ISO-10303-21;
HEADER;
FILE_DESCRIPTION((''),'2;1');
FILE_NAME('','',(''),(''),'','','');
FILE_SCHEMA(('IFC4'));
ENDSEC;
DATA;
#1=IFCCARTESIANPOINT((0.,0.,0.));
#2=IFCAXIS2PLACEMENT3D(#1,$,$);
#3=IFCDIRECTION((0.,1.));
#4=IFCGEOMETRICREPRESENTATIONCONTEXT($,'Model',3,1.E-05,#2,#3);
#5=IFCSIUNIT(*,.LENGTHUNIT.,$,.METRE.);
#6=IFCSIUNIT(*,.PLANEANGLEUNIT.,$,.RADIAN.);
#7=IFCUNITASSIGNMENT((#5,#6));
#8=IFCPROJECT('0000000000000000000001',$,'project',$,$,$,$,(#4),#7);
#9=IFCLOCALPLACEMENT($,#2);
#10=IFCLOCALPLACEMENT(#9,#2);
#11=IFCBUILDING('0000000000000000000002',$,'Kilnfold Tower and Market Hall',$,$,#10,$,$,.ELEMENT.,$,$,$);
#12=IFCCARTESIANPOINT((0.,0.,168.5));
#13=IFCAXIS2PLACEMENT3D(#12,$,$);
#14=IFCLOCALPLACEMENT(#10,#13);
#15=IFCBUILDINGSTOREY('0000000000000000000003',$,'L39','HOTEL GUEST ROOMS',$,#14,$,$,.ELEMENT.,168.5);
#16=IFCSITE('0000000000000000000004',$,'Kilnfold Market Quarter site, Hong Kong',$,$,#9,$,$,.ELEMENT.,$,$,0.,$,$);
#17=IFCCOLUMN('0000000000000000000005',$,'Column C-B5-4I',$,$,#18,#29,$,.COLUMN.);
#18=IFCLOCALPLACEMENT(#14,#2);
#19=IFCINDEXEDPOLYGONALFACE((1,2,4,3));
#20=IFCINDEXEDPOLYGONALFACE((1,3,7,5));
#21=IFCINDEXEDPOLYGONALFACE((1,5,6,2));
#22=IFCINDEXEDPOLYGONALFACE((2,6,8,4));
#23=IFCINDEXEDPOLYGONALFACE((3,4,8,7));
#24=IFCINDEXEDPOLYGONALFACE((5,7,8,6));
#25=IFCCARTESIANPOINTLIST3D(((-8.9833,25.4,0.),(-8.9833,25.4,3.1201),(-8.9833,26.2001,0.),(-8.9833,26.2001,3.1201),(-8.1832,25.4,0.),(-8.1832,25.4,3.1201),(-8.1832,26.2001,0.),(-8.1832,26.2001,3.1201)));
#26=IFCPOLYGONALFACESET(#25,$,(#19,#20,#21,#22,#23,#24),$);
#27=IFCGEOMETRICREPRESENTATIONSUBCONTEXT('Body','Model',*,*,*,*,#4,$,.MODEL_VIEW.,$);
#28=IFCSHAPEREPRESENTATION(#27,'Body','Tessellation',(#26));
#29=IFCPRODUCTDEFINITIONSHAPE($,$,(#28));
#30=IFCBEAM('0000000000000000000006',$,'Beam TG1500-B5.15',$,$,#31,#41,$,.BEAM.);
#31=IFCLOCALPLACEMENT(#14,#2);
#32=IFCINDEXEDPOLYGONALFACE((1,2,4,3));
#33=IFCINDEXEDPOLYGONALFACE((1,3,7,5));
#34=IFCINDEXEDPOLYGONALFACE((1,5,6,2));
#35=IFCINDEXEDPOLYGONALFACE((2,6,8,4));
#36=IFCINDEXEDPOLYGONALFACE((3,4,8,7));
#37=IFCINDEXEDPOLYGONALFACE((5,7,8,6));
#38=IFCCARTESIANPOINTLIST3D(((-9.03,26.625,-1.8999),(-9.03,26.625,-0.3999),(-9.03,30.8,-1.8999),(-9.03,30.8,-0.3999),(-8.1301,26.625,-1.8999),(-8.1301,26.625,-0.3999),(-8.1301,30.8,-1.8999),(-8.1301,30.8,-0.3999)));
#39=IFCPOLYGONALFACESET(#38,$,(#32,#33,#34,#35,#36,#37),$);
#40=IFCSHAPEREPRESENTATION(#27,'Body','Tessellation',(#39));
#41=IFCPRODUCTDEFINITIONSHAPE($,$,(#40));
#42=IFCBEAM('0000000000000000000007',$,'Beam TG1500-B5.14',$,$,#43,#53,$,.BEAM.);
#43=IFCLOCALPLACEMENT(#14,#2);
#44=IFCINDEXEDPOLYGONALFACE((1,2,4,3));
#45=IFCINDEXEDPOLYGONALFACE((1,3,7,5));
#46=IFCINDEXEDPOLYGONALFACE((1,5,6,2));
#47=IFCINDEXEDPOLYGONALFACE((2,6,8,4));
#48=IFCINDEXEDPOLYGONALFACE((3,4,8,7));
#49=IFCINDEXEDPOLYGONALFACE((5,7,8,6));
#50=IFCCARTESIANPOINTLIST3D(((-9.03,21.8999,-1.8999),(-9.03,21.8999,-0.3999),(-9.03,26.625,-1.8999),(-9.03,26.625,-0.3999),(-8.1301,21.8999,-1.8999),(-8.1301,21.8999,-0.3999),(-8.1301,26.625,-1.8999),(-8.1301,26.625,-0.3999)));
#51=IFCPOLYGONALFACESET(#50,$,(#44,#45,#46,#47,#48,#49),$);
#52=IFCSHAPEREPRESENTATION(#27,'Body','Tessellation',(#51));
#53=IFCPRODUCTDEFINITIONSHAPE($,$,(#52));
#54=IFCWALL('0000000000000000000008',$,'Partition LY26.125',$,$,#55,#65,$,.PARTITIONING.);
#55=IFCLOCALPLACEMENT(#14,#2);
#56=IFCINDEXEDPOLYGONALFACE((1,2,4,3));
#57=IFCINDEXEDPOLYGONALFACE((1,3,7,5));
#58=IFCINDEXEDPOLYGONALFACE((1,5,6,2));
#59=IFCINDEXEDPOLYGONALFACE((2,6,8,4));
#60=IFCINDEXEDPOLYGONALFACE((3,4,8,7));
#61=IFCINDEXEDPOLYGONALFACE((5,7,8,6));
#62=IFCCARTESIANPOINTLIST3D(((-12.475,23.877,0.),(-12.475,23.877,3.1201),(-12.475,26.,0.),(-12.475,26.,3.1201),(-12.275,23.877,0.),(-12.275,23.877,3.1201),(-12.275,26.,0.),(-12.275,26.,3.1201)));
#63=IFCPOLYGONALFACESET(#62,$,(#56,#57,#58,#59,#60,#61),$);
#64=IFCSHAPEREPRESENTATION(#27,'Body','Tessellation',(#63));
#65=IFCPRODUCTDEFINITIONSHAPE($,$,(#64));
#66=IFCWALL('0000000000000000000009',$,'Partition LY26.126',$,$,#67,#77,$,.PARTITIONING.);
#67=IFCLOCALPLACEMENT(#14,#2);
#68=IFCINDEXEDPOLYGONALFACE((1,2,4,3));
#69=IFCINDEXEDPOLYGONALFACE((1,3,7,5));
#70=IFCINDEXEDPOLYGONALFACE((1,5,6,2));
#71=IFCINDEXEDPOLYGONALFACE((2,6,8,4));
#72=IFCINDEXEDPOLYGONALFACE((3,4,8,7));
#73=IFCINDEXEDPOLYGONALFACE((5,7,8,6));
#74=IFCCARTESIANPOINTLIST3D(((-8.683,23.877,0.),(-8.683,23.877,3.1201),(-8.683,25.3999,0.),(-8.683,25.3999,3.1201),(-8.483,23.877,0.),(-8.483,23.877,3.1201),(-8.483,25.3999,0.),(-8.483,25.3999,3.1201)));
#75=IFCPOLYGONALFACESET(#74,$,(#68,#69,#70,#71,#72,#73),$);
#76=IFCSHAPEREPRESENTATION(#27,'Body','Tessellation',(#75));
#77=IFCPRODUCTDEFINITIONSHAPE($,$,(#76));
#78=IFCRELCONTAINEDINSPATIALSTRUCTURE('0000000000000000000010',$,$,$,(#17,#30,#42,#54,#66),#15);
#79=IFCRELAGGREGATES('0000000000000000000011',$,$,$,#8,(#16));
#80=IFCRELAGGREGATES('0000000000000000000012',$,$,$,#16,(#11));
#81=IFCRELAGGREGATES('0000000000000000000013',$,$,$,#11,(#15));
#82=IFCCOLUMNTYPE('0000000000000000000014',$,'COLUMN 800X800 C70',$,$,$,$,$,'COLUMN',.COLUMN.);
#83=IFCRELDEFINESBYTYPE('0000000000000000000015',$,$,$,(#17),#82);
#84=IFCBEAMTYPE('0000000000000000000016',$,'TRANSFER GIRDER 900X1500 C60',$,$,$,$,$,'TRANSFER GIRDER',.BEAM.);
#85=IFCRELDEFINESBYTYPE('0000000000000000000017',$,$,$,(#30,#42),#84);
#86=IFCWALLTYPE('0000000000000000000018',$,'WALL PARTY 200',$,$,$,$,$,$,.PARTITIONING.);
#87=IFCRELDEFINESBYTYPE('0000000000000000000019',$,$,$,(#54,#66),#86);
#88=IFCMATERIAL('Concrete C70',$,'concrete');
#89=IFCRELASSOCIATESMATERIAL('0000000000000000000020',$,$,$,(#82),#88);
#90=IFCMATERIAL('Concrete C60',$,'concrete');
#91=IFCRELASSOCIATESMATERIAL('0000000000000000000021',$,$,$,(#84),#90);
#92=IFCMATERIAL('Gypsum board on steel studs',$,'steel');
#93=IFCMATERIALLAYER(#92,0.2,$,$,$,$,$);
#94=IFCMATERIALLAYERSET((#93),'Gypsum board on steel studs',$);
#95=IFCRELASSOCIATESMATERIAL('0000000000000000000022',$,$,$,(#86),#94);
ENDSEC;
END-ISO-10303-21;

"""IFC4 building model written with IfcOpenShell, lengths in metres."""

from ifc_helpers import new_model, si_unit, direction, frame, frame_2d, origin, origin_2d, place, context, subcontext, project, spatial, rectangle, extrude, source, transform, mapped, material, layer, layer_set, material_profile, profile_set, type_object, element, save


model = new_model("IFC4")

# Units and contexts
model_context = context("Model", 3, precision=1e-05, world=origin(), true_north=direction((0.0, 1.0)))
body_context = subcontext(model_context, "Body", "Model", "MODEL_VIEW")
ifc_project = project(units=[si_unit("LENGTHUNIT", "METRE"), si_unit("PLANEANGLEUNIT", "RADIAN")], contexts=[model_context])

# Site, building, storey
site_placement = place(None, origin())
site = spatial("IfcSite", under=ifc_project, at=site_placement, Name="Kilnfold Market Quarter site, Hong Kong", CompositionType="ELEMENT", RefElevation=0.0)
building_placement = place(site_placement, origin())
building = spatial("IfcBuilding", under=site, at=building_placement, Name="Kilnfold Tower and Market Hall", CompositionType="ELEMENT")
storey_placement = place(building_placement, frame((0.0, 0.0, 168.5)))
storey = spatial("IfcBuildingStorey", under=building, at=storey_placement, Name="L39", Description="HOTEL GUEST ROOMS", CompositionType="ELEMENT", Elevation=168.5)

# Column
ifc_material_1 = material(Name="Concrete C70", Category="concrete")
ifc_material_profile_1 = material_profile(ifc_material_1, rectangle(XDim=0.8, YDim=0.8, at=origin_2d()), Name="RC 800x800")
ifc_profile_set_1 = profile_set([ifc_material_profile_1], Name="Concrete C70")
column_type = type_object("IfcColumnType", Name="COLUMN 800X800 C70", ElementType="COLUMN", PredefinedType="COLUMN", material=ifc_profile_set_1)
shared_shape_1 = source(origin(), body_context, "Body", "SweptSolid", [
    extrude(rectangle(XDim=0.8, YDim=0.8, at=origin_2d()), origin(), (0.0, 0.0, 1.0), 3.1201),
])
column_placement = place(storey_placement, frame((-8.5833, 25.8, 0.0), z_axis=(0.0, 0.0, 1.0), x_axis=(1.0, 0.0, 0.0)))
element("IfcColumn", 1, at=column_placement, inside=storey, type_object=column_type, Name="Column C-B5-4I", PredefinedType="COLUMN", context=body_context, shape_type="MappedRepresentation", body=[
    mapped(shared_shape_1, transform((0.0, 0.0, 0.0))),
])

# Beams
ifc_material_2 = material(Name="Concrete C60", Category="concrete")
ifc_material_profile_2 = material_profile(ifc_material_2, rectangle(XDim=0.8999, YDim=1.5, at=origin_2d()), Name="RC 900x1500")
ifc_profile_set_2 = profile_set([ifc_material_profile_2], Name="Concrete C60")
beam_type = type_object("IfcBeamType", Name="TRANSFER GIRDER 900X1500 C60", ElementType="TRANSFER GIRDER", PredefinedType="BEAM", material=ifc_profile_set_2)
shared_shape_2 = source(origin(), body_context, "Body", "SweptSolid", [
    extrude(rectangle(XDim=0.8999, YDim=1.5, at=origin_2d()), origin(), (0.0, 0.0, 1.0), 4.175),
])
beam_1_placement = place(storey_placement, frame((-8.5801, 26.625, -1.1499), z_axis=(0.0, 1.0, 0.0), x_axis=(-1.0, 0.0, 0.0)))
element("IfcBeam", 2, at=beam_1_placement, inside=storey, type_object=beam_type, Name="Beam TG1500-B5.15", PredefinedType="BEAM", context=body_context, shape_type="MappedRepresentation", body=[
    mapped(shared_shape_2, transform((0.0, 0.0, 0.0))),
])
shared_shape_3 = source(origin(), body_context, "Body", "SweptSolid", [
    extrude(rectangle(XDim=0.8999, YDim=1.5, at=origin_2d()), origin(), (0.0, 0.0, 1.0), 4.7251),
])
beam_2_placement = place(storey_placement, frame((-8.5801, 21.8999, -1.1499), z_axis=(0.0, 1.0, 0.0), x_axis=(-1.0, 0.0, 0.0)))
element("IfcBeam", 3, at=beam_2_placement, inside=storey, type_object=beam_type, Name="Beam TG1500-B5.14", PredefinedType="BEAM", context=body_context, shape_type="MappedRepresentation", body=[
    mapped(shared_shape_3, transform((0.0, 0.0, 0.0))),
])

# Walls
ifc_material_3 = material(Name="Gypsum board on steel studs", Category="steel")
ifc_layer_1 = layer(ifc_material_3, 0.2)
ifc_layer_set_1 = layer_set([ifc_layer_1], Name="Gypsum board on steel studs")
wall_type_1 = type_object("IfcWallType", Name="WALL PARTY 200", PredefinedType="PARTITIONING", material=ifc_layer_set_1)
wall_1_placement = place(storey_placement, frame((-12.375, 23.877, 0.0), z_axis=(0.0, 0.0, 1.0), x_axis=(0.0, 1.0, 0.0)))
element("IfcWall", 4, at=wall_1_placement, inside=storey, type_object=wall_type_1, Name="Partition LY26.125", PredefinedType="PARTITIONING", context=body_context, shape_type="SweptSolid", body=[
    extrude(rectangle(XDim=2.123, YDim=0.2, at=frame_2d((1.0615, 0.0))), origin(), (0.0, 0.0, 1.0), 3.1201),
])
wall_2_placement = place(storey_placement, frame((-8.583, 23.877, 0.0), z_axis=(0.0, 0.0, 1.0), x_axis=(0.0, 1.0, 0.0)))
element("IfcWall", 5, at=wall_2_placement, inside=storey, type_object=wall_type_1, Name="Partition LY26.126", PredefinedType="PARTITIONING", context=body_context, shape_type="SweptSolid", body=[
    extrude(rectangle(XDim=1.5229, YDim=0.2, at=frame_2d((0.7615, 0.0))), origin(), (0.0, 0.0, 1.0), 3.1201),
])

save(model, "model.ifc")
